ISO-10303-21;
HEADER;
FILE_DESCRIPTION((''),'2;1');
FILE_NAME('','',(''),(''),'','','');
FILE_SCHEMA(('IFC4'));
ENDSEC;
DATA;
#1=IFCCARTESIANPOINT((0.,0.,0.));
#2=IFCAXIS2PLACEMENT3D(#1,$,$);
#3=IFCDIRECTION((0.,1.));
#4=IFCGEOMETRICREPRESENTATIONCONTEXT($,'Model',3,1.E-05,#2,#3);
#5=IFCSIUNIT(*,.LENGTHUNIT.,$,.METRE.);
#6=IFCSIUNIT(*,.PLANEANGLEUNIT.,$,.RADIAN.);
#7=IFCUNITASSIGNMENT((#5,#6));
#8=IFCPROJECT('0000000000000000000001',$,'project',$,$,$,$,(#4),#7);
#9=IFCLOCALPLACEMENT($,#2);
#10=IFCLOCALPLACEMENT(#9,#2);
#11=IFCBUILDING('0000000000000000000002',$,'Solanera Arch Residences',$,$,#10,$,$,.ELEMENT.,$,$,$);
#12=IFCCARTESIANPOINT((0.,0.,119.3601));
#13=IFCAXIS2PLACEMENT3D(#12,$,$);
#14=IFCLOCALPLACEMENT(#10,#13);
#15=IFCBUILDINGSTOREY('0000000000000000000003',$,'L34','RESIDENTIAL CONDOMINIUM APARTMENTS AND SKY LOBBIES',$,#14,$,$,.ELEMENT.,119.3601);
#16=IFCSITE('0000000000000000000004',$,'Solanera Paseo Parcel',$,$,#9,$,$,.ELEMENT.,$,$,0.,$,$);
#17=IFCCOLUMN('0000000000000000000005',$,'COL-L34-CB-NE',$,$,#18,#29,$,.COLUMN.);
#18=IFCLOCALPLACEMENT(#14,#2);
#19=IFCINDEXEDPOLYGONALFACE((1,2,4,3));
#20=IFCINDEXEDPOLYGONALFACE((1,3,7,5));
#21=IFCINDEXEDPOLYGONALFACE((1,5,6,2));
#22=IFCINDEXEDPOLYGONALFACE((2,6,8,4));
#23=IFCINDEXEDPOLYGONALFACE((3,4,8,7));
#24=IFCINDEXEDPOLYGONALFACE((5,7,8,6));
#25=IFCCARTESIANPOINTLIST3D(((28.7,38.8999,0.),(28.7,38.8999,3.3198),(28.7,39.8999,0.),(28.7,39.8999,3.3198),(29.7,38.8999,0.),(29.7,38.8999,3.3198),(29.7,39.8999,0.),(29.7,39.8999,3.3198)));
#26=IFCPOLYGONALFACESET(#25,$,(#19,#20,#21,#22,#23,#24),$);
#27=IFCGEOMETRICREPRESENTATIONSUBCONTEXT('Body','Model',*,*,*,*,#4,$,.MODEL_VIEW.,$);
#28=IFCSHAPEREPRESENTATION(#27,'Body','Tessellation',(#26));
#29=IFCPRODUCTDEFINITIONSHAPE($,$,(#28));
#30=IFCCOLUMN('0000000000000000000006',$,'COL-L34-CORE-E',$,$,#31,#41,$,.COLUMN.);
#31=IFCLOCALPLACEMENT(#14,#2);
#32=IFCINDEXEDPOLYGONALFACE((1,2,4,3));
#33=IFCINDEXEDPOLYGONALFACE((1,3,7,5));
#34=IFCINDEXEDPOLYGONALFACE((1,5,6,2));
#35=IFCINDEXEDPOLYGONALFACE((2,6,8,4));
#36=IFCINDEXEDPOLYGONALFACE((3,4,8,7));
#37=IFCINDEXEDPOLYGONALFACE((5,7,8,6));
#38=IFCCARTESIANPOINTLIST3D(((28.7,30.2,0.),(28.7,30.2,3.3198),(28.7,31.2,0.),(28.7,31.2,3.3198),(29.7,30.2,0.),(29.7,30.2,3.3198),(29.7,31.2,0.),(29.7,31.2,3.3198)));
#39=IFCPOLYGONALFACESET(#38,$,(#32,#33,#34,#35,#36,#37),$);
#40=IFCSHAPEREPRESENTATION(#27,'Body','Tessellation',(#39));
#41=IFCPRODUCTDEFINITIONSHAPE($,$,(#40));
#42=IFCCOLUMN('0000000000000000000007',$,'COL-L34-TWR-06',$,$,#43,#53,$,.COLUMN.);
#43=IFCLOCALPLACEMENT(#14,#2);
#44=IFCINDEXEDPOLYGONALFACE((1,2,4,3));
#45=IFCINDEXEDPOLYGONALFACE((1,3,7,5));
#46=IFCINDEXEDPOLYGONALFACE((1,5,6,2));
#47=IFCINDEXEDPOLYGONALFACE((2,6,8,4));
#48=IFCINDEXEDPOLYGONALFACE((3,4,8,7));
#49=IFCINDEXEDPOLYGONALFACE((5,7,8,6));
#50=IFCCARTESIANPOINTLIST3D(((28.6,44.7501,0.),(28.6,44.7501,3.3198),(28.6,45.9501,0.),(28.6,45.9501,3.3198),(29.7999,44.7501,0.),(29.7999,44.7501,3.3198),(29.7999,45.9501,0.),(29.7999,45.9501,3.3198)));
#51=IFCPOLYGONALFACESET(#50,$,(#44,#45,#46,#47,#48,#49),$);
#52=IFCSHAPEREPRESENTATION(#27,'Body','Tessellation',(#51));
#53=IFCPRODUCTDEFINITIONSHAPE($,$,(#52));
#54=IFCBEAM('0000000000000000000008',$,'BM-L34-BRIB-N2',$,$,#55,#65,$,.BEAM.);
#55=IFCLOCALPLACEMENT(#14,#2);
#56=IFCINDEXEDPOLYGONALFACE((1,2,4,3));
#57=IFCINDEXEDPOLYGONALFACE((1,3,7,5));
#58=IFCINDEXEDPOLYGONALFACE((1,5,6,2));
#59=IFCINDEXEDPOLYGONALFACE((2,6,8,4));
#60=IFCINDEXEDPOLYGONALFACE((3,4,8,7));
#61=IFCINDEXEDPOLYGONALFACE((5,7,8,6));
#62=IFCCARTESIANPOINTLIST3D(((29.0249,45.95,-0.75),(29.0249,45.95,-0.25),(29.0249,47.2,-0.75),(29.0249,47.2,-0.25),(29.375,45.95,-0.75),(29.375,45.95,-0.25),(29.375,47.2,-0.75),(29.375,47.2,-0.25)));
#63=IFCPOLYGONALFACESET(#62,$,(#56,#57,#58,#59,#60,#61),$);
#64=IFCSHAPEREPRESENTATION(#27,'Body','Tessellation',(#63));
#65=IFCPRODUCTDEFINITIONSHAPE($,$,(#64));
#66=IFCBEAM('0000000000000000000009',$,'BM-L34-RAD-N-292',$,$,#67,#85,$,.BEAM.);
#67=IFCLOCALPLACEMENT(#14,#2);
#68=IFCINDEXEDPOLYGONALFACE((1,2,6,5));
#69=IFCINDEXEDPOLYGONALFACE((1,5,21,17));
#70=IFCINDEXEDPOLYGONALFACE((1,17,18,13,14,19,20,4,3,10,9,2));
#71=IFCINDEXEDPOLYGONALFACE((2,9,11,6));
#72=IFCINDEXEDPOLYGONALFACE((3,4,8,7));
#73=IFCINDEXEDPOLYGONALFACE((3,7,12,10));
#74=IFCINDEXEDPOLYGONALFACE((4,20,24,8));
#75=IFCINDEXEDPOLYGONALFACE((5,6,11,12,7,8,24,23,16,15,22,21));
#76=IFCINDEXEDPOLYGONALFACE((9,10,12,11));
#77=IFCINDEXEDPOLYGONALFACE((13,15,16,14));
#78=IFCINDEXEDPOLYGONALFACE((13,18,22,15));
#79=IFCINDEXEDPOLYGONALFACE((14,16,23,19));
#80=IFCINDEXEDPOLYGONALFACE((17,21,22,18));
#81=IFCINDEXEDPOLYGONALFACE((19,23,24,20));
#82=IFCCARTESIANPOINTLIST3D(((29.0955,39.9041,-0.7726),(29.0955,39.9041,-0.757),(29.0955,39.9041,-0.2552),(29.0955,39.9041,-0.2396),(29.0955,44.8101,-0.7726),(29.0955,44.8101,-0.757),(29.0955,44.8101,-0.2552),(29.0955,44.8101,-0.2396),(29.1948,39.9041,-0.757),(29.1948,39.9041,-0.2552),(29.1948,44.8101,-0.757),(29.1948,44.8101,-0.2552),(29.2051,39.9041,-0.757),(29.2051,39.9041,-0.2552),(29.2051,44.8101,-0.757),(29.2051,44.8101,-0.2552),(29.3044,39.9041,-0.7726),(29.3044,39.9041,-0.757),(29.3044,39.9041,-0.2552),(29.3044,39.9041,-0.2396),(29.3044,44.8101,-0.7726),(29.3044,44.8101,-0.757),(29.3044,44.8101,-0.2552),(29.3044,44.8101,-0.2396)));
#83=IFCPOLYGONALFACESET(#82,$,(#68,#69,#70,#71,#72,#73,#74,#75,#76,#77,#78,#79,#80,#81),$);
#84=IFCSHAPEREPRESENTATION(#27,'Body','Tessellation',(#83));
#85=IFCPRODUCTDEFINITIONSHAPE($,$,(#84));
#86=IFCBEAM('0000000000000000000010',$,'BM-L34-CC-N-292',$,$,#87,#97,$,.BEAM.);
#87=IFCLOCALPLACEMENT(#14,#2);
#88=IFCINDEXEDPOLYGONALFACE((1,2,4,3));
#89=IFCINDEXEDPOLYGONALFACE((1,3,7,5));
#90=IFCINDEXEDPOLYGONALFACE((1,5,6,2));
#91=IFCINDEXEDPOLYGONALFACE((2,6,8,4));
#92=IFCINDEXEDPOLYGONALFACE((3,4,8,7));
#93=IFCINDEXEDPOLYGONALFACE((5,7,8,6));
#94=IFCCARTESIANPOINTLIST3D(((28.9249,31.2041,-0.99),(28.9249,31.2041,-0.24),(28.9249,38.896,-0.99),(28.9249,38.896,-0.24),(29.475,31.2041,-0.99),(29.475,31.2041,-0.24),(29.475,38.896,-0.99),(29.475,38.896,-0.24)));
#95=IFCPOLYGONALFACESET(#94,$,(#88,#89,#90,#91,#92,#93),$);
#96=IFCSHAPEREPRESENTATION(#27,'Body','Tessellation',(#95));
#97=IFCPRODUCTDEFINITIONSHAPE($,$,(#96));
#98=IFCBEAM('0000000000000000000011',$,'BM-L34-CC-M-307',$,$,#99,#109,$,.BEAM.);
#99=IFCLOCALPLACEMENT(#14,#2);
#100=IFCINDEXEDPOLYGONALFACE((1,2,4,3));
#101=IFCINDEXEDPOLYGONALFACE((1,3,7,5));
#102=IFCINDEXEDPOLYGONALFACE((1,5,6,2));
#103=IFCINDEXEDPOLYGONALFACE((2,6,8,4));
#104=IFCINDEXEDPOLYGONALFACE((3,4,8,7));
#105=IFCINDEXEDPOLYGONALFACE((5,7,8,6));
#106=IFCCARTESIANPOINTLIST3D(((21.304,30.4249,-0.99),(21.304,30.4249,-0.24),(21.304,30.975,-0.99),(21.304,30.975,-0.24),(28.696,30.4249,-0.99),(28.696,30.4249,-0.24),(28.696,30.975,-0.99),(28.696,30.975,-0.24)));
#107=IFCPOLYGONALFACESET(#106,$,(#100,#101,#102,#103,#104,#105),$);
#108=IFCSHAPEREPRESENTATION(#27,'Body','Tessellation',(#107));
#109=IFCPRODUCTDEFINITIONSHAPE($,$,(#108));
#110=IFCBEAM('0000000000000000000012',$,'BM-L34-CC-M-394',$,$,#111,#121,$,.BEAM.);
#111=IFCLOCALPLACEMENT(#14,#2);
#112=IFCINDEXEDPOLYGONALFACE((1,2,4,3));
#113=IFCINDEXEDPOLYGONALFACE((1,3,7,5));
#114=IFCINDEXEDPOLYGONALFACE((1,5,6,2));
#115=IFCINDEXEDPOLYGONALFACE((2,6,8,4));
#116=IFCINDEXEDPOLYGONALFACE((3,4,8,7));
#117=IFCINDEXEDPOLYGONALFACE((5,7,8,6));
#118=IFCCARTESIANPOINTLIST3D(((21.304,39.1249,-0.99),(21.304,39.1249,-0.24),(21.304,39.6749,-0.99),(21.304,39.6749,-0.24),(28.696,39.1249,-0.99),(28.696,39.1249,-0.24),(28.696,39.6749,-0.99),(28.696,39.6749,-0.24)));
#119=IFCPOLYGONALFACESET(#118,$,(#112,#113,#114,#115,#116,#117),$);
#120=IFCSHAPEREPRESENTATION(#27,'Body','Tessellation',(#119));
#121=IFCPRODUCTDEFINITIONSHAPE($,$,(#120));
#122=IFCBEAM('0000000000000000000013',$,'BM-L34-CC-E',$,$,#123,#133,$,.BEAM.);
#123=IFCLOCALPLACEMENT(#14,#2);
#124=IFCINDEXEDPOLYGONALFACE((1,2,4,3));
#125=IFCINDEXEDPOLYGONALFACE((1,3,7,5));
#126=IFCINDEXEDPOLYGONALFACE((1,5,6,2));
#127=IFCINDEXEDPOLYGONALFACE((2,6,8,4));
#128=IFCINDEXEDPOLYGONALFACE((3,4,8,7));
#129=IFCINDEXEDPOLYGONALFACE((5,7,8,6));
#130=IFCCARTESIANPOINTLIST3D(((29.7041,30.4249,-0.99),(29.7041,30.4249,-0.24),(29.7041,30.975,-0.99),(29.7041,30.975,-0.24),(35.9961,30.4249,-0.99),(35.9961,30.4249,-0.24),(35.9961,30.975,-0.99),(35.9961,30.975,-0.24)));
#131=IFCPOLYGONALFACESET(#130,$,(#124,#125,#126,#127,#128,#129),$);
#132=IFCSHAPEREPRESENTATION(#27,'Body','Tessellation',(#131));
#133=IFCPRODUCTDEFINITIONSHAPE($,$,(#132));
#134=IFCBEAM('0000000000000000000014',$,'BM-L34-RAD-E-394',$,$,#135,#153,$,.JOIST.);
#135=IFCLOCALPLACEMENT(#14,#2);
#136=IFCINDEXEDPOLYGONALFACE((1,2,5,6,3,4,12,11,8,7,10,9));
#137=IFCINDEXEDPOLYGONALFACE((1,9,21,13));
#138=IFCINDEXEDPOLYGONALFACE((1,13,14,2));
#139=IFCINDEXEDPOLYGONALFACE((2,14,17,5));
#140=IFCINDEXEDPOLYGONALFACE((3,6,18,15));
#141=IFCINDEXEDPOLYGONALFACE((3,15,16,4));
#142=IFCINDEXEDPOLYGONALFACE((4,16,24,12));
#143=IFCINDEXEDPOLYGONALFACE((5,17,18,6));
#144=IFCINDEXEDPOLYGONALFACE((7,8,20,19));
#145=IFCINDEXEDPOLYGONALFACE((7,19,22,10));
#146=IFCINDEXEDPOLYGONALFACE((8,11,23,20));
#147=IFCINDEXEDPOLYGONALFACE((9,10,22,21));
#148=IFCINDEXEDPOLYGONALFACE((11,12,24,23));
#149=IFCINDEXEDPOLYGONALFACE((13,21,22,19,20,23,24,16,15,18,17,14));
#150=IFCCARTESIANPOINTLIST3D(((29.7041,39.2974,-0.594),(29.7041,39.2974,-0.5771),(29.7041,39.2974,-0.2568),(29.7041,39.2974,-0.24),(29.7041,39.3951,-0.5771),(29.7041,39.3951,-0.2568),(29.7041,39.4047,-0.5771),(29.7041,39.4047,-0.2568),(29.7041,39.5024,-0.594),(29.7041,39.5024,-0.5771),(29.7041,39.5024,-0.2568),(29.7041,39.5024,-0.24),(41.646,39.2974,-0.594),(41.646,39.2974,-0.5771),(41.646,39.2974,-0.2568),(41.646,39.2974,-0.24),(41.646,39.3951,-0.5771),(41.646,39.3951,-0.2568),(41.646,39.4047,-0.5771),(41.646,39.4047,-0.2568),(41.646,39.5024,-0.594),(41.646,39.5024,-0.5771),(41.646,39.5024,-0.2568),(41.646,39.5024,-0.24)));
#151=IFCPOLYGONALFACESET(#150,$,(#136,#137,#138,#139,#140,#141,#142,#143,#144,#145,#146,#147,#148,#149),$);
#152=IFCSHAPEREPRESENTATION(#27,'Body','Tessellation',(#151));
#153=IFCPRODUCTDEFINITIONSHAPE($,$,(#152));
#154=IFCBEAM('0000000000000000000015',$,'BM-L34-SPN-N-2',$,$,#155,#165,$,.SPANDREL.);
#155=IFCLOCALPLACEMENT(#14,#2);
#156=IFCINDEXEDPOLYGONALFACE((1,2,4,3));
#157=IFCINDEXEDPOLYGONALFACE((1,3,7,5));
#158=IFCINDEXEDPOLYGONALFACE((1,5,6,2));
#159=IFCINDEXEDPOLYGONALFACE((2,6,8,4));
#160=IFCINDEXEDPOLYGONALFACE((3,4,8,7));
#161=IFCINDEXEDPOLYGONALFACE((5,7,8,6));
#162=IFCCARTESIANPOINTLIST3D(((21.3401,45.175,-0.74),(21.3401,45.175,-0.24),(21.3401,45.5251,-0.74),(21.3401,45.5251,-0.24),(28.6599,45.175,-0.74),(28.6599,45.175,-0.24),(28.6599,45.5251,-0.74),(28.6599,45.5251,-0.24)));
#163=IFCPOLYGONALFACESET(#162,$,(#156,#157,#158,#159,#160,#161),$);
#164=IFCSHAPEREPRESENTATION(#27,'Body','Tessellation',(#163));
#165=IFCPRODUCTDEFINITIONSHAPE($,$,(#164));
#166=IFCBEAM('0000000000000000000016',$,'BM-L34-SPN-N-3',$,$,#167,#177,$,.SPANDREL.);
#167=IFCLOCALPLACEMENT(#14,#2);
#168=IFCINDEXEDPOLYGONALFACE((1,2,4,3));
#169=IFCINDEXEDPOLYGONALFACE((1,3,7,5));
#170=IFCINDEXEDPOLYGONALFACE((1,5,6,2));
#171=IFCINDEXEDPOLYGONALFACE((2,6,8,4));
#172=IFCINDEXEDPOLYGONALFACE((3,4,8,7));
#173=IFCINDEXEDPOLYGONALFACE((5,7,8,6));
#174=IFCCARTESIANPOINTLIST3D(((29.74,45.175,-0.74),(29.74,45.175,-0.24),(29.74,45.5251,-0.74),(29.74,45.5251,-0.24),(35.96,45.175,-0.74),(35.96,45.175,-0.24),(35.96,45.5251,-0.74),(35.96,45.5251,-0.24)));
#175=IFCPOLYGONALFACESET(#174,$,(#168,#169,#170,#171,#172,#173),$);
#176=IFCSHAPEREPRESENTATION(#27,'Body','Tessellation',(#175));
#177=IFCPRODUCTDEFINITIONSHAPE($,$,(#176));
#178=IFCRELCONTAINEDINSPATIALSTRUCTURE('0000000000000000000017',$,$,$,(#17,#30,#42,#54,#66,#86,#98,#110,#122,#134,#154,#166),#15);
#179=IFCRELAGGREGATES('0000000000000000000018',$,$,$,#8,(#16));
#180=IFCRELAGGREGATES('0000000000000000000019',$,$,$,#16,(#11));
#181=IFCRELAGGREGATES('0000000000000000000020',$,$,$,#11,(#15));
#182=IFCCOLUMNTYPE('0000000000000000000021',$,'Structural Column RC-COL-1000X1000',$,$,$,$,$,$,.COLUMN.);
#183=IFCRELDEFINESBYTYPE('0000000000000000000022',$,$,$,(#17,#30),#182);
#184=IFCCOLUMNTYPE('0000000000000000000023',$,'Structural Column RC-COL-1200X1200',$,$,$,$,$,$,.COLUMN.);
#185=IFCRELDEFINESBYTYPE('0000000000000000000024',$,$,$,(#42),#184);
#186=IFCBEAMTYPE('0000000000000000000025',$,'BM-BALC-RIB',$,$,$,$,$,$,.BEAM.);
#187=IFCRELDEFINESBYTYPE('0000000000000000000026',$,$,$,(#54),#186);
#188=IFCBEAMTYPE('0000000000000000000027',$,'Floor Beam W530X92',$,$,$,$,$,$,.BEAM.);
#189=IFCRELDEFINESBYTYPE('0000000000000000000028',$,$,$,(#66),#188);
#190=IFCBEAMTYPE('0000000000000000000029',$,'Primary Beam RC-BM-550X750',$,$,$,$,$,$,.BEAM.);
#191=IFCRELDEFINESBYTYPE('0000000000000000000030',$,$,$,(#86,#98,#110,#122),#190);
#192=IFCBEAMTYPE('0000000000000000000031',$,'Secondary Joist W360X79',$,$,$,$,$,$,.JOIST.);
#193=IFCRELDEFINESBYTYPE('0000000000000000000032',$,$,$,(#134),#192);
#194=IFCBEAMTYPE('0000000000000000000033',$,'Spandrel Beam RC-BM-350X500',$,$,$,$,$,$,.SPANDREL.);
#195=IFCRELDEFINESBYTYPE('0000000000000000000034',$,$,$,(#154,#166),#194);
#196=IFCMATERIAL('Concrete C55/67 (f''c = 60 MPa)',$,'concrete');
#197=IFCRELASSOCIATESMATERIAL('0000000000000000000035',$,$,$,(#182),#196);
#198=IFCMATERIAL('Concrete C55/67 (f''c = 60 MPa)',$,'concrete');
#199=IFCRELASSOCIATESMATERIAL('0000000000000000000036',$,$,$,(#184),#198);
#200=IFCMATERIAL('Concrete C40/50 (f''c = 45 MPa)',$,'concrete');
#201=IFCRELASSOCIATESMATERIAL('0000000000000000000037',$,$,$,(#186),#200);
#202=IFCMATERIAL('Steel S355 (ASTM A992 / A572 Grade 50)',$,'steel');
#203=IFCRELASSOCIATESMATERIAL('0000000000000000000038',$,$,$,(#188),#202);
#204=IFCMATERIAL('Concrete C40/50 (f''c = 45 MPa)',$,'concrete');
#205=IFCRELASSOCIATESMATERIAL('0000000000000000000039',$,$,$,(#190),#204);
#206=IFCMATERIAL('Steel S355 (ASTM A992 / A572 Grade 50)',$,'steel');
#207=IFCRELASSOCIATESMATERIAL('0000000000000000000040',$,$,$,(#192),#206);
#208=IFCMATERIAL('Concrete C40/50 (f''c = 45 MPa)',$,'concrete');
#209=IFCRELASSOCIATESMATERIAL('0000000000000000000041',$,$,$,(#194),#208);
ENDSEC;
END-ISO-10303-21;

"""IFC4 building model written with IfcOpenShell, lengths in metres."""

from ifc_helpers import new_model, si_unit, direction, frame, origin, origin_2d, place, context, subcontext, project, spatial, rectangle, i_section, extrude, material, material_profile, profile_set, type_object, element, save


model = new_model("IFC4")

# Units and contexts
model_context = context("Model", 3, precision=1e-05, world=origin(), true_north=direction((0.0, 1.0)))
body_context = subcontext(model_context, "Body", "Model", "MODEL_VIEW")
ifc_project = project(units=[si_unit("LENGTHUNIT", "METRE"), si_unit("PLANEANGLEUNIT", "RADIAN")], contexts=[model_context])

# Site, building, storey
site_placement = place(None, origin())
site = spatial("IfcSite", under=ifc_project, at=site_placement, Name="Solanera Paseo Parcel", CompositionType="ELEMENT", RefElevation=0.0)
building_placement = place(site_placement, origin())
building = spatial("IfcBuilding", under=site, at=building_placement, Name="Solanera Arch Residences", CompositionType="ELEMENT")
storey_placement = place(building_placement, frame((0.0, 0.0, 119.3601)))
storey = spatial("IfcBuildingStorey", under=building, at=storey_placement, Name="L34", Description="RESIDENTIAL CONDOMINIUM APARTMENTS AND SKY LOBBIES", CompositionType="ELEMENT", Elevation=119.3601)

# Columns
ifc_material_1 = material(Name="Concrete C55/67 (f'c = 60 MPa)", Category="concrete")
ifc_material_profile_1 = material_profile(ifc_material_1, rectangle(XDim=1.0, YDim=1.0, at=origin_2d()))
ifc_profile_set_1 = profile_set([ifc_material_profile_1], Name="Concrete C55/67 (f'c = 60 MPa)")
column_type_1 = type_object("IfcColumnType", Name="Structural Column RC-COL-1000X1000", PredefinedType="COLUMN", material=ifc_profile_set_1)
for number, where, z_axis, x_axis, name in (
    (1, (29.2, 39.3999, 0.0), (0.0, 0.0, 1.0), (1.0, 0.0, 0.0), "COL-L34-CB-NE"),
    (2, (29.2, 30.7, 0.0), (0.0, 0.0, 1.0), (1.0, 0.0, 0.0), "COL-L34-CORE-E"),
):
    element("IfcColumn", number, at=place(storey_placement, frame(where, z_axis=z_axis, x_axis=x_axis)), inside=storey, type_object=column_type_1, Name=name, PredefinedType="COLUMN", context=body_context, shape_type="SweptSolid", body=[
        extrude(rectangle(XDim=1.0, YDim=1.0, at=origin_2d()), origin(), (0.0, 0.0, 1.0), 3.3198),
    ])
ifc_material_2 = material(Name="Concrete C55/67 (f'c = 60 MPa)", Category="concrete")
ifc_material_profile_2 = material_profile(ifc_material_2, rectangle(XDim=1.2, YDim=1.2, at=origin_2d()))
ifc_profile_set_2 = profile_set([ifc_material_profile_2], Name="Concrete C55/67 (f'c = 60 MPa)")
column_type_2 = type_object("IfcColumnType", Name="Structural Column RC-COL-1200X1200", PredefinedType="COLUMN", material=ifc_profile_set_2)
column_placement = place(storey_placement, frame((29.2, 45.3501, 0.0), z_axis=(0.0, 0.0, 1.0), x_axis=(1.0, 0.0, 0.0)))
element("IfcColumn", 3, at=column_placement, inside=storey, type_object=column_type_2, Name="COL-L34-TWR-06", PredefinedType="COLUMN", context=body_context, shape_type="SweptSolid", body=[
    extrude(rectangle(XDim=1.2, YDim=1.2, at=origin_2d()), origin(), (0.0, 0.0, 1.0), 3.3198),
])

# Beams
ifc_material_3 = material(Name="Concrete C40/50 (f'c = 45 MPa)", Category="concrete")
ifc_material_profile_3 = material_profile(ifc_material_3, rectangle(XDim=0.3501, YDim=0.5, at=origin_2d()))
ifc_profile_set_3 = profile_set([ifc_material_profile_3], Name="Concrete C40/50 (f'c = 45 MPa)")
beam_type_1 = type_object("IfcBeamType", Name="BM-BALC-RIB", PredefinedType="BEAM", material=ifc_profile_set_3)
beam_1_placement = place(storey_placement, frame((29.2, 45.95, -0.5), z_axis=(0.0, 1.0, 0.0), x_axis=(-1.0, 0.0, 0.0)))
element("IfcBeam", 4, at=beam_1_placement, inside=storey, type_object=beam_type_1, Name="BM-L34-BRIB-N2", PredefinedType="BEAM", context=body_context, shape_type="SweptSolid", body=[
    extrude(rectangle(XDim=0.3501, YDim=0.5, at=origin_2d()), origin(), (0.0, 0.0, 1.0), 1.25),
])
ifc_material_4 = material(Name="Steel S355 (ASTM A992 / A572 Grade 50)", Category="steel")
ifc_material_profile_4 = material_profile(ifc_material_4, i_section(OverallWidth=0.209, OverallDepth=0.533, WebThickness=0.0103, FlangeThickness=0.0156, at=origin_2d()))
ifc_profile_set_4 = profile_set([ifc_material_profile_4], Name="Steel S355 (ASTM A992 / A572 Grade 50)")
beam_type_2 = type_object("IfcBeamType", Name="Floor Beam W530X92", PredefinedType="BEAM", material=ifc_profile_set_4)
beam_2_placement = place(storey_placement, frame((29.2, 39.9041, -0.5061), z_axis=(0.0, 1.0, 0.0), x_axis=(-1.0, 0.0, 0.0)))
element("IfcBeam", 5, at=beam_2_placement, inside=storey, type_object=beam_type_2, Name="BM-L34-RAD-N-292", PredefinedType="BEAM", context=body_context, shape_type="SweptSolid", body=[
    extrude(i_section(OverallWidth=0.209, OverallDepth=0.533, WebThickness=0.0103, FlangeThickness=0.0156, at=origin_2d()), origin(), (0.0, 0.0, 1.0), 4.906),
])
ifc_material_5 = material(Name="Concrete C40/50 (f'c = 45 MPa)", Category="concrete")
ifc_material_profile_5 = material_profile(ifc_material_5, rectangle(XDim=0.55, YDim=0.75, at=origin_2d()))
ifc_profile_set_5 = profile_set([ifc_material_profile_5], Name="Concrete C40/50 (f'c = 45 MPa)")
beam_type_3 = type_object("IfcBeamType", Name="Primary Beam RC-BM-550X750", PredefinedType="BEAM", material=ifc_profile_set_5)
beam_3_placement = place(storey_placement, frame((29.2, 31.2041, -0.615), z_axis=(0.0, 1.0, 0.0), x_axis=(-1.0, 0.0, 0.0)))
element("IfcBeam", 6, at=beam_3_placement, inside=storey, type_object=beam_type_3, Name="BM-L34-CC-N-292", PredefinedType="BEAM", context=body_context, shape_type="SweptSolid", body=[
    extrude(rectangle(XDim=0.55, YDim=0.75, at=origin_2d()), origin(), (0.0, 0.0, 1.0), 7.6919),
])
for number, where, z_axis, x_axis, name in (
    (7, (21.304, 30.7, -0.615), (1.0, 0.0, 0.0), (0.0, 1.0, 0.0), "BM-L34-CC-M-307"),
    (8, (21.304, 39.3999, -0.615), (1.0, 0.0, 0.0), (0.0, 1.0, 0.0), "BM-L34-CC-M-394"),
):
    element("IfcBeam", number, at=place(storey_placement, frame(where, z_axis=z_axis, x_axis=x_axis)), inside=storey, type_object=beam_type_3, Name=name, PredefinedType="BEAM", context=body_context, shape_type="SweptSolid", body=[
        extrude(rectangle(XDim=0.55, YDim=0.75, at=origin_2d()), origin(), (0.0, 0.0, 1.0), 7.3921),
    ])
beam_4_placement = place(storey_placement, frame((29.7041, 30.7, -0.615), z_axis=(1.0, 0.0, 0.0), x_axis=(0.0, 1.0, 0.0)))
element("IfcBeam", 9, at=beam_4_placement, inside=storey, type_object=beam_type_3, Name="BM-L34-CC-E", PredefinedType="BEAM", context=body_context, shape_type="SweptSolid", body=[
    extrude(rectangle(XDim=0.55, YDim=0.75, at=origin_2d()), origin(), (0.0, 0.0, 1.0), 6.292),
])
ifc_material_6 = material(Name="Steel S355 (ASTM A992 / A572 Grade 50)", Category="steel")
ifc_material_profile_6 = material_profile(ifc_material_6, i_section(OverallWidth=0.2051, OverallDepth=0.354, WebThickness=0.0095, FlangeThickness=0.0168, at=origin_2d()))
ifc_profile_set_6 = profile_set([ifc_material_profile_6], Name="Steel S355 (ASTM A992 / A572 Grade 50)")
beam_type_4 = type_object("IfcBeamType", Name="Secondary Joist W360X79", PredefinedType="JOIST", material=ifc_profile_set_6)
beam_5_placement = place(storey_placement, frame((29.7041, 39.3999, -0.417), z_axis=(1.0, 0.0, 0.0), x_axis=(0.0, 1.0, 0.0)))
element("IfcBeam", 10, at=beam_5_placement, inside=storey, type_object=beam_type_4, Name="BM-L34-RAD-E-394", PredefinedType="JOIST", context=body_context, shape_type="SweptSolid", body=[
    extrude(i_section(OverallWidth=0.2051, OverallDepth=0.354, WebThickness=0.0095, FlangeThickness=0.0168, at=origin_2d()), origin(), (0.0, 0.0, 1.0), 11.9419),
])
ifc_material_7 = material(Name="Concrete C40/50 (f'c = 45 MPa)", Category="concrete")
ifc_material_profile_7 = material_profile(ifc_material_7, rectangle(XDim=0.3501, YDim=0.5, at=origin_2d()))
ifc_profile_set_7 = profile_set([ifc_material_profile_7], Name="Concrete C40/50 (f'c = 45 MPa)")
beam_type_5 = type_object("IfcBeamType", Name="Spandrel Beam RC-BM-350X500", PredefinedType="SPANDREL", material=ifc_profile_set_7)
beam_6_placement = place(storey_placement, frame((21.3401, 45.3501, -0.49), z_axis=(1.0, 0.0, 0.0), x_axis=(0.0, 1.0, 0.0)))
element("IfcBeam", 11, at=beam_6_placement, inside=storey, type_object=beam_type_5, Name="BM-L34-SPN-N-2", PredefinedType="SPANDREL", context=body_context, shape_type="SweptSolid", body=[
    extrude(rectangle(XDim=0.3501, YDim=0.5, at=origin_2d()), origin(), (0.0, 0.0, 1.0), 7.3198),
])
beam_7_placement = place(storey_placement, frame((29.74, 45.3501, -0.49), z_axis=(1.0, 0.0, 0.0), x_axis=(0.0, 1.0, 0.0)))
element("IfcBeam", 12, at=beam_7_placement, inside=storey, type_object=beam_type_5, Name="BM-L34-SPN-N-3", PredefinedType="SPANDREL", context=body_context, shape_type="SweptSolid", body=[
    extrude(rectangle(XDim=0.3501, YDim=0.5, at=origin_2d()), origin(), (0.0, 0.0, 1.0), 6.22),
])

save(model, "model.ifc")
